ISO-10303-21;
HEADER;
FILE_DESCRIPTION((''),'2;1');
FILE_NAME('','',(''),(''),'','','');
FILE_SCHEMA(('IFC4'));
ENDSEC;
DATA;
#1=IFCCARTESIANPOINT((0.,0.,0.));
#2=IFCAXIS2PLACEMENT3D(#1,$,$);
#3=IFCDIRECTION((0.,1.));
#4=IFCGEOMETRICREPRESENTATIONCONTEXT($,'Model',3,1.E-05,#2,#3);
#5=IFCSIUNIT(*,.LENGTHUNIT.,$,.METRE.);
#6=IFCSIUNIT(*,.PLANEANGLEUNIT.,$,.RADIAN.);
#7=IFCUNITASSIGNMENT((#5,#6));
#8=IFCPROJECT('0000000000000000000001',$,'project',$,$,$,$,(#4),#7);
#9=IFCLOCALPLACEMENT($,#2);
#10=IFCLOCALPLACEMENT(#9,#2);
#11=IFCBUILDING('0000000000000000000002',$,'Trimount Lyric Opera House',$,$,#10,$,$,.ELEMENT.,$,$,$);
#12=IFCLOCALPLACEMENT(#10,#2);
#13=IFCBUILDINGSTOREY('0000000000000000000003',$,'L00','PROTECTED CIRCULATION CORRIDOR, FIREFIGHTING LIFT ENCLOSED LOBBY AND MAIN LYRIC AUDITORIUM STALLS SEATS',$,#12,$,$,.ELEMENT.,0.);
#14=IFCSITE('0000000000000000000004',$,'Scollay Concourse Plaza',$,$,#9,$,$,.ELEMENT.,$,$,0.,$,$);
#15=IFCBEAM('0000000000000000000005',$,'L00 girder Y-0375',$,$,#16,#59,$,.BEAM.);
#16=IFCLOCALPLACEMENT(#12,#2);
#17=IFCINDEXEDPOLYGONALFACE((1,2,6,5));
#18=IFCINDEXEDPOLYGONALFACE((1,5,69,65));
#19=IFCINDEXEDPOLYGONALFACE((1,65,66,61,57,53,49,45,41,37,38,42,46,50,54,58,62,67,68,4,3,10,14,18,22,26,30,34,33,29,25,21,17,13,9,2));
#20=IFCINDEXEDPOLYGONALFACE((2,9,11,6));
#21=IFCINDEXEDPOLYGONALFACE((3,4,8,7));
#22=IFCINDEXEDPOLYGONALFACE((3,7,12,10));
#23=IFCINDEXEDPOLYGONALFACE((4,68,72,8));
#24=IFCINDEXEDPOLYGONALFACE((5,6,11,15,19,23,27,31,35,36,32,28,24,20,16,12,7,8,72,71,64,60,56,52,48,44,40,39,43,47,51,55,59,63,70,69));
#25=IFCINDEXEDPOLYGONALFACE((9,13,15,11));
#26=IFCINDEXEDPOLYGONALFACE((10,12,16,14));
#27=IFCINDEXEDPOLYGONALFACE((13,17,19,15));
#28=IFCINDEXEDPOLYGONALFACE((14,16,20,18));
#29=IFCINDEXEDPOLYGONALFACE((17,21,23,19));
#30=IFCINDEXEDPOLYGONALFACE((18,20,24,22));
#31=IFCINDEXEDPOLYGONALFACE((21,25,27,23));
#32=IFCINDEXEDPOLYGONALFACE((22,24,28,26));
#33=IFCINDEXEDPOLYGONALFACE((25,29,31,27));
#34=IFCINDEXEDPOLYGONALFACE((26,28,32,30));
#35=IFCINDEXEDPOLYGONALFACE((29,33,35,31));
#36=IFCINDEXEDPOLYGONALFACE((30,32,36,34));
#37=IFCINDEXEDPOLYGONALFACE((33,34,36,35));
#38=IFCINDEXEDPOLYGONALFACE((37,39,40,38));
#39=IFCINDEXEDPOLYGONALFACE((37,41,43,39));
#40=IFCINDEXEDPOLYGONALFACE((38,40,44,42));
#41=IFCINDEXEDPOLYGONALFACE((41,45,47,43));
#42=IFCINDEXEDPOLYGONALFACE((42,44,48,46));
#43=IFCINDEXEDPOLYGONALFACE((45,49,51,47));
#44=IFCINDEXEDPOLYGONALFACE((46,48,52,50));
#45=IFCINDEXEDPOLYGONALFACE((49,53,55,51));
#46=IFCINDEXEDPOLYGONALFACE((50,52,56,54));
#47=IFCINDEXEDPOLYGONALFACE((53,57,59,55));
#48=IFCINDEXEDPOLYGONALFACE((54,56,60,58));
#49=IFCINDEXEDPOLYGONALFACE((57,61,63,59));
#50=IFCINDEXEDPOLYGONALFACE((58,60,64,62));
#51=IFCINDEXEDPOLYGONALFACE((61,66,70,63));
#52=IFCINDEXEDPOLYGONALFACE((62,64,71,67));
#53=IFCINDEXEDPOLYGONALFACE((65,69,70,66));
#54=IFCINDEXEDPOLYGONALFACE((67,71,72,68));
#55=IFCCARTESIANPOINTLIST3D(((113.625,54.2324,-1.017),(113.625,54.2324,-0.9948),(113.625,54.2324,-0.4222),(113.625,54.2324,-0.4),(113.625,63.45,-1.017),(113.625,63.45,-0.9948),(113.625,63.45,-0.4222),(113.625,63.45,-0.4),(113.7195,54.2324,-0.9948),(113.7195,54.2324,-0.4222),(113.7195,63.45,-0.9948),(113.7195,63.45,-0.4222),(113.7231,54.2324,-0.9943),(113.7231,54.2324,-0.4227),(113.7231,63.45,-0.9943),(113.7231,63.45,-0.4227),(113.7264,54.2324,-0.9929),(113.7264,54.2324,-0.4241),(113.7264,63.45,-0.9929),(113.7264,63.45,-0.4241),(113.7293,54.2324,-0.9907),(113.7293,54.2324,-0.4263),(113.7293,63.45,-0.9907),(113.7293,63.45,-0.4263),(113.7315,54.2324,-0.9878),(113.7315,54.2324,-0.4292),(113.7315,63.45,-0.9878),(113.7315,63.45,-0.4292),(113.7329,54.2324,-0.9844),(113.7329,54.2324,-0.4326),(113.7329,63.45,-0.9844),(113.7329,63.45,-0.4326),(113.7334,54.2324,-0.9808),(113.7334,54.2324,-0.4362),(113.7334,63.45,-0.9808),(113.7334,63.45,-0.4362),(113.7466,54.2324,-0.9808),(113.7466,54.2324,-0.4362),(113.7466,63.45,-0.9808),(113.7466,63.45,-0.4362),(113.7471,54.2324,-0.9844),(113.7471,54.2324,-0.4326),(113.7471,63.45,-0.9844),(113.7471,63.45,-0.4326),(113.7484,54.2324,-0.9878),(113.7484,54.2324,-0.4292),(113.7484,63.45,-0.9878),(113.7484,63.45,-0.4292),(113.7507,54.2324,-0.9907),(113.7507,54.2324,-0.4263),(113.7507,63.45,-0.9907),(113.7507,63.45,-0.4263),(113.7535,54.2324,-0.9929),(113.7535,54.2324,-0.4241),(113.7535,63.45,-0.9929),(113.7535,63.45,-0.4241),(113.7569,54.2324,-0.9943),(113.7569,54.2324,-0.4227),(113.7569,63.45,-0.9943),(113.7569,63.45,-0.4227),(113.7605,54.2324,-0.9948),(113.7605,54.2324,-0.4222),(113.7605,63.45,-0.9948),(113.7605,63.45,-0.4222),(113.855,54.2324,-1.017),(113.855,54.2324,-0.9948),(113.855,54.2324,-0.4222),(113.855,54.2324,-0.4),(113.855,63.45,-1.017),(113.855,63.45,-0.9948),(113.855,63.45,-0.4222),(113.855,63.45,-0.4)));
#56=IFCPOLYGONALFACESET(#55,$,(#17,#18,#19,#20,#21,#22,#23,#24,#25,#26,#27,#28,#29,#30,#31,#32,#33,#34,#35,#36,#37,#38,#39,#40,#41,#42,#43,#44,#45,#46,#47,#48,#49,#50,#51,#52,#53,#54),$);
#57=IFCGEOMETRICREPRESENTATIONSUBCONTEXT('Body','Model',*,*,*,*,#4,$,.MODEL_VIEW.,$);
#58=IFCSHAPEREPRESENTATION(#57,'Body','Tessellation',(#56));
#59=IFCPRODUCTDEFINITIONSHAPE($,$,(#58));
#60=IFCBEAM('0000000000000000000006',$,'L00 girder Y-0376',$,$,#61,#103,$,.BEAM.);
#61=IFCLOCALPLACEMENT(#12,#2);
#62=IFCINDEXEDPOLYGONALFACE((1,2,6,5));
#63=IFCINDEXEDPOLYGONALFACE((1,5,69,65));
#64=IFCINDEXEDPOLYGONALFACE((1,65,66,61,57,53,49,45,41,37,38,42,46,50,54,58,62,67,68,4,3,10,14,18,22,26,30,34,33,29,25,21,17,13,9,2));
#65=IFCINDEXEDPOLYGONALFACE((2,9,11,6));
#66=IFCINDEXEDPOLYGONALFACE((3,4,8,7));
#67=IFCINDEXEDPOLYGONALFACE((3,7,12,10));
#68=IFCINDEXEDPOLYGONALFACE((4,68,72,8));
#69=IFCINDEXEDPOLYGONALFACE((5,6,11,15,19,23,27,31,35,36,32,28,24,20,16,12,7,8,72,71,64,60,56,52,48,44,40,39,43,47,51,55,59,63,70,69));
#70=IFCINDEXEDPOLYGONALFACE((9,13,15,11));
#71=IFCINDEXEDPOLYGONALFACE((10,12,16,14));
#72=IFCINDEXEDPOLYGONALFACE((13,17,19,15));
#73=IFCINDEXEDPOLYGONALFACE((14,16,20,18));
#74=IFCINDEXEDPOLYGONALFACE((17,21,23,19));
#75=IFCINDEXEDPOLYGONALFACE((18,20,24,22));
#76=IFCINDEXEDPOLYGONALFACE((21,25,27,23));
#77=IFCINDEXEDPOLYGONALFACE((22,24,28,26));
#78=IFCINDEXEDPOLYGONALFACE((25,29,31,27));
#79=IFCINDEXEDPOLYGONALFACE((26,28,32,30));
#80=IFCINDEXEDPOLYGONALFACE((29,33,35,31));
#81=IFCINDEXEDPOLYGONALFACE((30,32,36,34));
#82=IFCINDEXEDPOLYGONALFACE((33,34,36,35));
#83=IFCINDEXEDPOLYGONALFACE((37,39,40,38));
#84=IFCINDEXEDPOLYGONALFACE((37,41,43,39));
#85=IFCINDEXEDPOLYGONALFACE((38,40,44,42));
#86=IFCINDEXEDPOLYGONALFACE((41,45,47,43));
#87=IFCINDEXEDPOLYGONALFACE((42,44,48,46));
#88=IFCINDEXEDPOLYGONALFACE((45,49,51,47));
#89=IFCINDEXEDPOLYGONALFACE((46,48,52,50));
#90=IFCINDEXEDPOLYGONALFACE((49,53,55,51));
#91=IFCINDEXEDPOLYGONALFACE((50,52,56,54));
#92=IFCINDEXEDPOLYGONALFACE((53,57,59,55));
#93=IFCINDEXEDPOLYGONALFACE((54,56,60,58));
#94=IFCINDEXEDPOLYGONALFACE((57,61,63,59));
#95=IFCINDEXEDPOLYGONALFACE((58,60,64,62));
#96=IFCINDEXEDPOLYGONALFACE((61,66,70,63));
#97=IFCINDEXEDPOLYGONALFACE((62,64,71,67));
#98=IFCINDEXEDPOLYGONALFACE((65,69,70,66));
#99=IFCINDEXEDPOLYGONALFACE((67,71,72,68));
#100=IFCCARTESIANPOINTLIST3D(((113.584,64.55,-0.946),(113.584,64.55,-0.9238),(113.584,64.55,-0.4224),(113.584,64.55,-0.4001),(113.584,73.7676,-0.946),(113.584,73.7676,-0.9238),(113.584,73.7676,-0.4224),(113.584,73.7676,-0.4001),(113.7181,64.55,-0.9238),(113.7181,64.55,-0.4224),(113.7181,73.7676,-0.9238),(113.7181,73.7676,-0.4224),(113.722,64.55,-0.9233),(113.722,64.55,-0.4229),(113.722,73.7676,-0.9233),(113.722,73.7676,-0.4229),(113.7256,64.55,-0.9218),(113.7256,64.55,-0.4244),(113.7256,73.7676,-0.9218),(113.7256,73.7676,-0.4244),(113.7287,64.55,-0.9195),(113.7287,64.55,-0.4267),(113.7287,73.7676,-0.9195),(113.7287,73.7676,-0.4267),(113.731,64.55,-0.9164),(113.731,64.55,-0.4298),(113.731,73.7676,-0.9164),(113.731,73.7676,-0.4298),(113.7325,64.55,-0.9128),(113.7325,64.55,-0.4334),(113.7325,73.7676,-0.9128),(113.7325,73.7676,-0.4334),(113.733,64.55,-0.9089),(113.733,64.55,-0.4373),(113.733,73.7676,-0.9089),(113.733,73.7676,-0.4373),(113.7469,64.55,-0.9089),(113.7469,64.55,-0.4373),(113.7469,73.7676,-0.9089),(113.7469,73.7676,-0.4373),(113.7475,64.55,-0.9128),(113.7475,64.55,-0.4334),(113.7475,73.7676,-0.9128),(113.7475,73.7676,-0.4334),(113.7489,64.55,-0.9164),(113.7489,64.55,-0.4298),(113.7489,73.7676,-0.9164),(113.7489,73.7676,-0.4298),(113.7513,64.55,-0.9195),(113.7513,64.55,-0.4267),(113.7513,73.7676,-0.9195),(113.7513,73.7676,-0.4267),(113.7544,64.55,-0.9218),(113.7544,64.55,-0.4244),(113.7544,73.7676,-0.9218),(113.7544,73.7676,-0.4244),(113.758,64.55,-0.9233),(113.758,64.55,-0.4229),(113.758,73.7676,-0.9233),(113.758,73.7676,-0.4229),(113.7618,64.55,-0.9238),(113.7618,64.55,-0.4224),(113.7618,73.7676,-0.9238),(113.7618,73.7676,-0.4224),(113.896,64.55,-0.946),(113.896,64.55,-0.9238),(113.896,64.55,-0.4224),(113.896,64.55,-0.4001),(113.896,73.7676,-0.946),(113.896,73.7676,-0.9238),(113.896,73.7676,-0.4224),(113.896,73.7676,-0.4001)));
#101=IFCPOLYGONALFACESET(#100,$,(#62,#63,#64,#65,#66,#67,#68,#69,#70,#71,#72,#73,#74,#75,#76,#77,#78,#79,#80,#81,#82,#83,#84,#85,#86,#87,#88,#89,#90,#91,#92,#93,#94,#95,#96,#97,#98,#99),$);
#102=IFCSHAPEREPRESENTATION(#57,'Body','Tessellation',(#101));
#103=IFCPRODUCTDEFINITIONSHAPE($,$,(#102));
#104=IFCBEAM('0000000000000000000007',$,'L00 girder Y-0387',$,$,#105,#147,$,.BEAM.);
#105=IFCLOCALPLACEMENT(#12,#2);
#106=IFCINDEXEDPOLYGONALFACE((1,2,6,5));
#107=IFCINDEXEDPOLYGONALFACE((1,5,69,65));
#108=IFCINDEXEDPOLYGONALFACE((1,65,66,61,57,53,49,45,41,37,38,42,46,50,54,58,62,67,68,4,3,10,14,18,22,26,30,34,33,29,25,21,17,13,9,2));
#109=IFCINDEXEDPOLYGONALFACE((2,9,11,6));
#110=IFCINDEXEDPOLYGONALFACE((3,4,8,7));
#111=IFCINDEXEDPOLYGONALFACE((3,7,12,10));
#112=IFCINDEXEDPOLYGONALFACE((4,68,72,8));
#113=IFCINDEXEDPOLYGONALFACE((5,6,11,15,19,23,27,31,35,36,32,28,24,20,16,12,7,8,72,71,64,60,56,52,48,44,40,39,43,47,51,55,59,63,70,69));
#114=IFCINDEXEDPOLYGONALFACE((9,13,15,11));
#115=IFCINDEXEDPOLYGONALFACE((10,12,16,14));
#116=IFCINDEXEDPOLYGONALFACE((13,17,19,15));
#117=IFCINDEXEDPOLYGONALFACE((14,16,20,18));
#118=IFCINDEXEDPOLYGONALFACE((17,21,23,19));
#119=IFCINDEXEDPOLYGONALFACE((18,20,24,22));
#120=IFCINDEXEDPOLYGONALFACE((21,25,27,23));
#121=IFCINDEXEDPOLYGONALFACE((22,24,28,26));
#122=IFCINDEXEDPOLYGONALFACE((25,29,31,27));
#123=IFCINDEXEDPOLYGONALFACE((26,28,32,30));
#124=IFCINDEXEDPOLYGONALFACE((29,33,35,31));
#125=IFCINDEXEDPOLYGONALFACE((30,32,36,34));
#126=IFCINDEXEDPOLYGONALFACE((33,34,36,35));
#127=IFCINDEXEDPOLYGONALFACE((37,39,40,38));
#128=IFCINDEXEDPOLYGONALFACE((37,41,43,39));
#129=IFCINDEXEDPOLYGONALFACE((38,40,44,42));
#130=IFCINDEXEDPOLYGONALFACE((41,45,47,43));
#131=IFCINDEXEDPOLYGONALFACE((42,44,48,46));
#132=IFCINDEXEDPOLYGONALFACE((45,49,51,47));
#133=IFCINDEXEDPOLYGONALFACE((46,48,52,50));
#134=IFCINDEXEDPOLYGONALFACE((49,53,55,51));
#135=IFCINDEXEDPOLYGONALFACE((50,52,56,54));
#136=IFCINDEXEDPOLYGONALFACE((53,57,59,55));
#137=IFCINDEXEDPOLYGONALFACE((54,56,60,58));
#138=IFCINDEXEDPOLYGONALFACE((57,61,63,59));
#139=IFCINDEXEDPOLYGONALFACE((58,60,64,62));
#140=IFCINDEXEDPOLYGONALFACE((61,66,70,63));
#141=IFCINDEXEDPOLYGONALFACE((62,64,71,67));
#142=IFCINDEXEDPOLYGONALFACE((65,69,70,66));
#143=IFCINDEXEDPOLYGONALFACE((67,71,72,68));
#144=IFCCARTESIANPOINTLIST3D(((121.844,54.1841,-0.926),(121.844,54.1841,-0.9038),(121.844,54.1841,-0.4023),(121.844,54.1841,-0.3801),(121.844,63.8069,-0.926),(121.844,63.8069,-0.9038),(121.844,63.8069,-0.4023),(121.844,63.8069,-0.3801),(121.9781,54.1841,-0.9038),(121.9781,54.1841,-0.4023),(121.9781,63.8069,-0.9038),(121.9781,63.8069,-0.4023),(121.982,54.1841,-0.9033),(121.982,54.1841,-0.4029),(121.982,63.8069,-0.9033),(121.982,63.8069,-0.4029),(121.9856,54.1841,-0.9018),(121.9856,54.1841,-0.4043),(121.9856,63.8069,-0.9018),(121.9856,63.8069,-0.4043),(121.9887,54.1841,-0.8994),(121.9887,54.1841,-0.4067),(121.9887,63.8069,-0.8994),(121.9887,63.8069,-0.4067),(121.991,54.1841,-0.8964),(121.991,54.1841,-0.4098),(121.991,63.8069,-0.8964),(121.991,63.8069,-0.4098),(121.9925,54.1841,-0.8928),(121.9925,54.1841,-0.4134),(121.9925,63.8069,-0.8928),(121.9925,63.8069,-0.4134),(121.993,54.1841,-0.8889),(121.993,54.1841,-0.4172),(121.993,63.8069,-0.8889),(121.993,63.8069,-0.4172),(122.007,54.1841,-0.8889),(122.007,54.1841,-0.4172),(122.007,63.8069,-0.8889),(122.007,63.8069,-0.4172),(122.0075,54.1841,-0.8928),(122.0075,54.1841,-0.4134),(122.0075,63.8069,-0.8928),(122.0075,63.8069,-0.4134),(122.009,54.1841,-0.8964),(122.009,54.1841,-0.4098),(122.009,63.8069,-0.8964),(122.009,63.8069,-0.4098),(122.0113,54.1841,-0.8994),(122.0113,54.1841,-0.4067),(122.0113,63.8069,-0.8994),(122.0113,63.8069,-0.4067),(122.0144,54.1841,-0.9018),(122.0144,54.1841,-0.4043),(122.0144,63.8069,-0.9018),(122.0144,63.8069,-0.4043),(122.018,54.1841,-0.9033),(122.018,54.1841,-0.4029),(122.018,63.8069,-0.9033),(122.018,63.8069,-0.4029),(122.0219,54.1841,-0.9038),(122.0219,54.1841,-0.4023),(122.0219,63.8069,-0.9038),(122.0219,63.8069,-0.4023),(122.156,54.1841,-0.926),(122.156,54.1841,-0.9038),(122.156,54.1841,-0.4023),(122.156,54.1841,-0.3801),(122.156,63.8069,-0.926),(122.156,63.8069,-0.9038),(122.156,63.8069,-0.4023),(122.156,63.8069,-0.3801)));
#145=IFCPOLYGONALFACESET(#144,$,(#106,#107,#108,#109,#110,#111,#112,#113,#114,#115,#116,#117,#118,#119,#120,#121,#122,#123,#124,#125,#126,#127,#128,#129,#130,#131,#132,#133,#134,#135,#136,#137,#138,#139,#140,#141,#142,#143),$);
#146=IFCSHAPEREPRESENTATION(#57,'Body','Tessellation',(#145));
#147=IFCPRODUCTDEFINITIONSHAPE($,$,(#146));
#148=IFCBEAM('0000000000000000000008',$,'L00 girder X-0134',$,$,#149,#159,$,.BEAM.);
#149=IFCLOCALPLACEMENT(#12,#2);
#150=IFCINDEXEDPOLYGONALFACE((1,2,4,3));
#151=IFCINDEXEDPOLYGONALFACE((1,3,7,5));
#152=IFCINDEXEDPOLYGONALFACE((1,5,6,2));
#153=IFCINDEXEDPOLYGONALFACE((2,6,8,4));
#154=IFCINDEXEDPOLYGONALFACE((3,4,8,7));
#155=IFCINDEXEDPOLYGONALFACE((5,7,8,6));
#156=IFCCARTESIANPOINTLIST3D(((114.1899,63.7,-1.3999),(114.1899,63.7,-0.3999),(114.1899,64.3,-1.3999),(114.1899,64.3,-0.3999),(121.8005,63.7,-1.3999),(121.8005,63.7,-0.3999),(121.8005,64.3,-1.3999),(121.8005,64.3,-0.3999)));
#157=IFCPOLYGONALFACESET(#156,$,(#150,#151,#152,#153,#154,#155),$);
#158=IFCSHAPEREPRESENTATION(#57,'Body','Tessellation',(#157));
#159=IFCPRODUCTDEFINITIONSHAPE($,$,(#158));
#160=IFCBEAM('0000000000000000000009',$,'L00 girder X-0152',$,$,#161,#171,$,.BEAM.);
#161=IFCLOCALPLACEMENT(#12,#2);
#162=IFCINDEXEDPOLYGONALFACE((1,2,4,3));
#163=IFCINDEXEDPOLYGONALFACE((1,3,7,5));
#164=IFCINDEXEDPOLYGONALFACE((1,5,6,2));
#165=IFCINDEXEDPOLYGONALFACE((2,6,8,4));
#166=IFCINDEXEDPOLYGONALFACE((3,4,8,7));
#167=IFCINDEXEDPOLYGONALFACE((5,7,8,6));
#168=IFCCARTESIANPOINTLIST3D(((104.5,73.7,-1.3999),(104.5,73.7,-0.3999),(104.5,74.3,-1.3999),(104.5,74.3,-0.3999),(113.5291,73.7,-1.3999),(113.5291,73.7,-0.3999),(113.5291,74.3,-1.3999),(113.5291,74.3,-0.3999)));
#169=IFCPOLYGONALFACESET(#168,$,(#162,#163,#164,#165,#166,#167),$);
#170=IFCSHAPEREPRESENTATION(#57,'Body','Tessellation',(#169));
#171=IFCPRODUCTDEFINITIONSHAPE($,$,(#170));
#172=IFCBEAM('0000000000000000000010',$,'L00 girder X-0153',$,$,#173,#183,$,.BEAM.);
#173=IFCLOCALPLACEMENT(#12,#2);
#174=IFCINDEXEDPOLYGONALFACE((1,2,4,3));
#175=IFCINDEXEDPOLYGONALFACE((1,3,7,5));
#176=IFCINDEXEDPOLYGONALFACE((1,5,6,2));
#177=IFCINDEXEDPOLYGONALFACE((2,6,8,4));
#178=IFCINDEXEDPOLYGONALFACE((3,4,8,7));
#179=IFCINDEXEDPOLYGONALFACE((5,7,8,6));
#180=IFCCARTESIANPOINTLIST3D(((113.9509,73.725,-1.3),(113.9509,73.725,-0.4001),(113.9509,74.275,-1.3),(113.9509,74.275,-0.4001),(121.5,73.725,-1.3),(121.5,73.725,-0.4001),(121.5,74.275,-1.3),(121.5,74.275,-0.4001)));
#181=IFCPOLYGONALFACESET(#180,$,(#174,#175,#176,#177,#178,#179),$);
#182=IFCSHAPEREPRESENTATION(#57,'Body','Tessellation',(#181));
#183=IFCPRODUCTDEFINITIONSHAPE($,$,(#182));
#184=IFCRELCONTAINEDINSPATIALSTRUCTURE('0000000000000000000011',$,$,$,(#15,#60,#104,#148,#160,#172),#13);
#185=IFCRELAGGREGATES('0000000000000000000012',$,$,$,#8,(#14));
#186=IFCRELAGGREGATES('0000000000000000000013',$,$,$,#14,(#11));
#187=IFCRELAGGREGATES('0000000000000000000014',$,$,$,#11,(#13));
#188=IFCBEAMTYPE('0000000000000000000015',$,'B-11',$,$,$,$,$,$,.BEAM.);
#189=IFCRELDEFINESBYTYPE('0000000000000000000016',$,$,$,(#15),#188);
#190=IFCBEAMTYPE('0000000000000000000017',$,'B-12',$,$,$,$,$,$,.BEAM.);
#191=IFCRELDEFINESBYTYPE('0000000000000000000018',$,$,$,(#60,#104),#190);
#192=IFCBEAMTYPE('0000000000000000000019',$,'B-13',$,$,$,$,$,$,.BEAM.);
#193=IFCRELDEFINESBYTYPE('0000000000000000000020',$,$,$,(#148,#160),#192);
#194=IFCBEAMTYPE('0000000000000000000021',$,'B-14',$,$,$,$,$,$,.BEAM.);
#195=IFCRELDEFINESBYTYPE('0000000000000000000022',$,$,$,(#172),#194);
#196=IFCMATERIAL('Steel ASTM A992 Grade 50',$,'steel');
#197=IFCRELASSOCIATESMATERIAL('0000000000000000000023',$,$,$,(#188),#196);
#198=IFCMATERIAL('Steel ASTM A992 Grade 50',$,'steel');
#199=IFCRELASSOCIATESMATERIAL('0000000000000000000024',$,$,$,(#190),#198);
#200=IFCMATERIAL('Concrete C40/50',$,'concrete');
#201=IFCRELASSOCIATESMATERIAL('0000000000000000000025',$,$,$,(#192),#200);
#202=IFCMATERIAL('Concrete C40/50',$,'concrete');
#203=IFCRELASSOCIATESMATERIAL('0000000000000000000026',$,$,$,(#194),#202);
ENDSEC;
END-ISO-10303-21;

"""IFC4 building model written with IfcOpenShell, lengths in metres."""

from ifc_helpers import new_model, si_unit, direction, frame, origin, origin_2d, place, context, subcontext, project, spatial, rectangle, i_section, extrude, material, material_profile, profile_set, type_object, element, save


model = new_model("IFC4")

# Units and contexts
model_context = context("Model", 3, precision=1e-05, world=origin(), true_north=direction((0.0, 1.0)))
body_context = subcontext(model_context, "Body", "Model", "MODEL_VIEW")
ifc_project = project(units=[si_unit("LENGTHUNIT", "METRE"), si_unit("PLANEANGLEUNIT", "RADIAN")], contexts=[model_context])

# Site, building, storey
site_placement = place(None, origin())
site = spatial("IfcSite", under=ifc_project, at=site_placement, Name="Scollay Concourse Plaza", CompositionType="ELEMENT", RefElevation=0.0)
building_placement = place(site_placement, origin())
building = spatial("IfcBuilding", under=site, at=building_placement, Name="Trimount Lyric Opera House", CompositionType="ELEMENT")
storey_placement = place(building_placement, origin())
storey = spatial("IfcBuildingStorey", under=building, at=storey_placement, Name="L00", Description="PROTECTED CIRCULATION CORRIDOR, FIREFIGHTING LIFT ENCLOSED LOBBY AND MAIN LYRIC AUDITORIUM STALLS SEATS", CompositionType="ELEMENT", Elevation=0.0)

# Beams
ifc_material_1 = material(Name="Steel ASTM A992 Grade 50", Category="steel")
ifc_material_profile_1 = material_profile(ifc_material_1, i_section(OverallWidth=0.23, OverallDepth=0.6169, WebThickness=0.0132, FlangeThickness=0.0222, FilletRadius=0.0139, at=origin_2d()), Name="W24X94")
ifc_profile_set_1 = profile_set([ifc_material_profile_1], Name="Steel ASTM A992 Grade 50")
beam_type_1 = type_object("IfcBeamType", Name="B-11", PredefinedType="BEAM", material=ifc_profile_set_1)
beam_1_placement = place(storey_placement, frame((113.74, 54.2324, -0.7085), z_axis=(0.0, 1.0, 0.0), x_axis=(-1.0, 0.0, 0.0)))
element("IfcBeam", 1, at=beam_1_placement, inside=storey, type_object=beam_type_1, Name="L00 girder Y-0375", PredefinedType="BEAM", context=body_context, shape_type="SweptSolid", body=[
    extrude(i_section(OverallWidth=0.23, OverallDepth=0.6169, WebThickness=0.0132, FlangeThickness=0.0222, FilletRadius=0.0139, at=origin_2d()), origin(), (0.0, 0.0, 1.0), 9.2175),
])
ifc_material_2 = material(Name="Steel ASTM A992 Grade 50", Category="steel")
ifc_material_profile_2 = material_profile(ifc_material_2, i_section(OverallWidth=0.312, OverallDepth=0.5459, WebThickness=0.0139, FlangeThickness=0.0222, FilletRadius=0.0149, at=origin_2d()), Name="W21X111")
ifc_profile_set_2 = profile_set([ifc_material_profile_2], Name="Steel ASTM A992 Grade 50")
beam_type_2 = type_object("IfcBeamType", Name="B-12", PredefinedType="BEAM", material=ifc_profile_set_2)
beam_2_placement = place(storey_placement, frame((113.74, 64.55, -0.6731), z_axis=(0.0, 1.0, 0.0), x_axis=(-1.0, 0.0, 0.0)))
element("IfcBeam", 2, at=beam_2_placement, inside=storey, type_object=beam_type_2, Name="L00 girder Y-0376", PredefinedType="BEAM", context=body_context, shape_type="SweptSolid", body=[
    extrude(i_section(OverallWidth=0.312, OverallDepth=0.5459, WebThickness=0.0139, FlangeThickness=0.0222, FilletRadius=0.0149, at=origin_2d()), origin(), (0.0, 0.0, 1.0), 9.2175),
])
beam_3_placement = place(storey_placement, frame((122.0, 54.1841, -0.6531), z_axis=(0.0, 1.0, 0.0), x_axis=(-1.0, 0.0, 0.0)))
element("IfcBeam", 3, at=beam_3_placement, inside=storey, type_object=beam_type_2, Name="L00 girder Y-0387", PredefinedType="BEAM", context=body_context, shape_type="SweptSolid", body=[
    extrude(i_section(OverallWidth=0.312, OverallDepth=0.5459, WebThickness=0.0139, FlangeThickness=0.0222, FilletRadius=0.0149, at=origin_2d()), origin(), (0.0, 0.0, 1.0), 9.6228),
])
ifc_material_3 = material(Name="Concrete C40/50", Category="concrete")
ifc_material_profile_3 = material_profile(ifc_material_3, rectangle(XDim=0.6001, YDim=1.0, at=origin_2d()), Name="RC600X1000")
ifc_profile_set_3 = profile_set([ifc_material_profile_3], Name="Concrete C40/50")
beam_type_3 = type_object("IfcBeamType", Name="B-13", PredefinedType="BEAM", material=ifc_profile_set_3)
beam_4_placement = place(storey_placement, frame((114.1899, 64.0, -0.8999), z_axis=(1.0, 0.0, 0.0), x_axis=(0.0, 1.0, 0.0)))
element("IfcBeam", 4, at=beam_4_placement, inside=storey, type_object=beam_type_3, Name="L00 girder X-0134", PredefinedType="BEAM", context=body_context, shape_type="SweptSolid", body=[
    extrude(rectangle(XDim=0.6001, YDim=1.0, at=origin_2d()), origin(), (0.0, 0.0, 1.0), 7.6106),
])
beam_5_placement = place(storey_placement, frame((104.5, 74.0, -0.8999), z_axis=(1.0, 0.0, 0.0), x_axis=(0.0, 1.0, 0.0)))
element("IfcBeam", 5, at=beam_5_placement, inside=storey, type_object=beam_type_3, Name="L00 girder X-0152", PredefinedType="BEAM", context=body_context, shape_type="SweptSolid", body=[
    extrude(rectangle(XDim=0.6001, YDim=1.0, at=origin_2d()), origin(), (0.0, 0.0, 1.0), 9.0291),
])
ifc_material_4 = material(Name="Concrete C40/50", Category="concrete")
ifc_material_profile_4 = material_profile(ifc_material_4, rectangle(XDim=0.55, YDim=0.8999, at=origin_2d()), Name="RC550X900")
ifc_profile_set_4 = profile_set([ifc_material_profile_4], Name="Concrete C40/50")
beam_type_4 = type_object("IfcBeamType", Name="B-14", PredefinedType="BEAM", material=ifc_profile_set_4)
beam_6_placement = place(storey_placement, frame((113.9509, 74.0, -0.8501), z_axis=(1.0, 0.0, 0.0), x_axis=(0.0, 1.0, 0.0)))
element("IfcBeam", 6, at=beam_6_placement, inside=storey, type_object=beam_type_4, Name="L00 girder X-0153", PredefinedType="BEAM", context=body_context, shape_type="SweptSolid", body=[
    extrude(rectangle(XDim=0.55, YDim=0.8999, at=origin_2d()), origin(), (0.0, 0.0, 1.0), 7.5491),
])

save(model, "model.ifc")
